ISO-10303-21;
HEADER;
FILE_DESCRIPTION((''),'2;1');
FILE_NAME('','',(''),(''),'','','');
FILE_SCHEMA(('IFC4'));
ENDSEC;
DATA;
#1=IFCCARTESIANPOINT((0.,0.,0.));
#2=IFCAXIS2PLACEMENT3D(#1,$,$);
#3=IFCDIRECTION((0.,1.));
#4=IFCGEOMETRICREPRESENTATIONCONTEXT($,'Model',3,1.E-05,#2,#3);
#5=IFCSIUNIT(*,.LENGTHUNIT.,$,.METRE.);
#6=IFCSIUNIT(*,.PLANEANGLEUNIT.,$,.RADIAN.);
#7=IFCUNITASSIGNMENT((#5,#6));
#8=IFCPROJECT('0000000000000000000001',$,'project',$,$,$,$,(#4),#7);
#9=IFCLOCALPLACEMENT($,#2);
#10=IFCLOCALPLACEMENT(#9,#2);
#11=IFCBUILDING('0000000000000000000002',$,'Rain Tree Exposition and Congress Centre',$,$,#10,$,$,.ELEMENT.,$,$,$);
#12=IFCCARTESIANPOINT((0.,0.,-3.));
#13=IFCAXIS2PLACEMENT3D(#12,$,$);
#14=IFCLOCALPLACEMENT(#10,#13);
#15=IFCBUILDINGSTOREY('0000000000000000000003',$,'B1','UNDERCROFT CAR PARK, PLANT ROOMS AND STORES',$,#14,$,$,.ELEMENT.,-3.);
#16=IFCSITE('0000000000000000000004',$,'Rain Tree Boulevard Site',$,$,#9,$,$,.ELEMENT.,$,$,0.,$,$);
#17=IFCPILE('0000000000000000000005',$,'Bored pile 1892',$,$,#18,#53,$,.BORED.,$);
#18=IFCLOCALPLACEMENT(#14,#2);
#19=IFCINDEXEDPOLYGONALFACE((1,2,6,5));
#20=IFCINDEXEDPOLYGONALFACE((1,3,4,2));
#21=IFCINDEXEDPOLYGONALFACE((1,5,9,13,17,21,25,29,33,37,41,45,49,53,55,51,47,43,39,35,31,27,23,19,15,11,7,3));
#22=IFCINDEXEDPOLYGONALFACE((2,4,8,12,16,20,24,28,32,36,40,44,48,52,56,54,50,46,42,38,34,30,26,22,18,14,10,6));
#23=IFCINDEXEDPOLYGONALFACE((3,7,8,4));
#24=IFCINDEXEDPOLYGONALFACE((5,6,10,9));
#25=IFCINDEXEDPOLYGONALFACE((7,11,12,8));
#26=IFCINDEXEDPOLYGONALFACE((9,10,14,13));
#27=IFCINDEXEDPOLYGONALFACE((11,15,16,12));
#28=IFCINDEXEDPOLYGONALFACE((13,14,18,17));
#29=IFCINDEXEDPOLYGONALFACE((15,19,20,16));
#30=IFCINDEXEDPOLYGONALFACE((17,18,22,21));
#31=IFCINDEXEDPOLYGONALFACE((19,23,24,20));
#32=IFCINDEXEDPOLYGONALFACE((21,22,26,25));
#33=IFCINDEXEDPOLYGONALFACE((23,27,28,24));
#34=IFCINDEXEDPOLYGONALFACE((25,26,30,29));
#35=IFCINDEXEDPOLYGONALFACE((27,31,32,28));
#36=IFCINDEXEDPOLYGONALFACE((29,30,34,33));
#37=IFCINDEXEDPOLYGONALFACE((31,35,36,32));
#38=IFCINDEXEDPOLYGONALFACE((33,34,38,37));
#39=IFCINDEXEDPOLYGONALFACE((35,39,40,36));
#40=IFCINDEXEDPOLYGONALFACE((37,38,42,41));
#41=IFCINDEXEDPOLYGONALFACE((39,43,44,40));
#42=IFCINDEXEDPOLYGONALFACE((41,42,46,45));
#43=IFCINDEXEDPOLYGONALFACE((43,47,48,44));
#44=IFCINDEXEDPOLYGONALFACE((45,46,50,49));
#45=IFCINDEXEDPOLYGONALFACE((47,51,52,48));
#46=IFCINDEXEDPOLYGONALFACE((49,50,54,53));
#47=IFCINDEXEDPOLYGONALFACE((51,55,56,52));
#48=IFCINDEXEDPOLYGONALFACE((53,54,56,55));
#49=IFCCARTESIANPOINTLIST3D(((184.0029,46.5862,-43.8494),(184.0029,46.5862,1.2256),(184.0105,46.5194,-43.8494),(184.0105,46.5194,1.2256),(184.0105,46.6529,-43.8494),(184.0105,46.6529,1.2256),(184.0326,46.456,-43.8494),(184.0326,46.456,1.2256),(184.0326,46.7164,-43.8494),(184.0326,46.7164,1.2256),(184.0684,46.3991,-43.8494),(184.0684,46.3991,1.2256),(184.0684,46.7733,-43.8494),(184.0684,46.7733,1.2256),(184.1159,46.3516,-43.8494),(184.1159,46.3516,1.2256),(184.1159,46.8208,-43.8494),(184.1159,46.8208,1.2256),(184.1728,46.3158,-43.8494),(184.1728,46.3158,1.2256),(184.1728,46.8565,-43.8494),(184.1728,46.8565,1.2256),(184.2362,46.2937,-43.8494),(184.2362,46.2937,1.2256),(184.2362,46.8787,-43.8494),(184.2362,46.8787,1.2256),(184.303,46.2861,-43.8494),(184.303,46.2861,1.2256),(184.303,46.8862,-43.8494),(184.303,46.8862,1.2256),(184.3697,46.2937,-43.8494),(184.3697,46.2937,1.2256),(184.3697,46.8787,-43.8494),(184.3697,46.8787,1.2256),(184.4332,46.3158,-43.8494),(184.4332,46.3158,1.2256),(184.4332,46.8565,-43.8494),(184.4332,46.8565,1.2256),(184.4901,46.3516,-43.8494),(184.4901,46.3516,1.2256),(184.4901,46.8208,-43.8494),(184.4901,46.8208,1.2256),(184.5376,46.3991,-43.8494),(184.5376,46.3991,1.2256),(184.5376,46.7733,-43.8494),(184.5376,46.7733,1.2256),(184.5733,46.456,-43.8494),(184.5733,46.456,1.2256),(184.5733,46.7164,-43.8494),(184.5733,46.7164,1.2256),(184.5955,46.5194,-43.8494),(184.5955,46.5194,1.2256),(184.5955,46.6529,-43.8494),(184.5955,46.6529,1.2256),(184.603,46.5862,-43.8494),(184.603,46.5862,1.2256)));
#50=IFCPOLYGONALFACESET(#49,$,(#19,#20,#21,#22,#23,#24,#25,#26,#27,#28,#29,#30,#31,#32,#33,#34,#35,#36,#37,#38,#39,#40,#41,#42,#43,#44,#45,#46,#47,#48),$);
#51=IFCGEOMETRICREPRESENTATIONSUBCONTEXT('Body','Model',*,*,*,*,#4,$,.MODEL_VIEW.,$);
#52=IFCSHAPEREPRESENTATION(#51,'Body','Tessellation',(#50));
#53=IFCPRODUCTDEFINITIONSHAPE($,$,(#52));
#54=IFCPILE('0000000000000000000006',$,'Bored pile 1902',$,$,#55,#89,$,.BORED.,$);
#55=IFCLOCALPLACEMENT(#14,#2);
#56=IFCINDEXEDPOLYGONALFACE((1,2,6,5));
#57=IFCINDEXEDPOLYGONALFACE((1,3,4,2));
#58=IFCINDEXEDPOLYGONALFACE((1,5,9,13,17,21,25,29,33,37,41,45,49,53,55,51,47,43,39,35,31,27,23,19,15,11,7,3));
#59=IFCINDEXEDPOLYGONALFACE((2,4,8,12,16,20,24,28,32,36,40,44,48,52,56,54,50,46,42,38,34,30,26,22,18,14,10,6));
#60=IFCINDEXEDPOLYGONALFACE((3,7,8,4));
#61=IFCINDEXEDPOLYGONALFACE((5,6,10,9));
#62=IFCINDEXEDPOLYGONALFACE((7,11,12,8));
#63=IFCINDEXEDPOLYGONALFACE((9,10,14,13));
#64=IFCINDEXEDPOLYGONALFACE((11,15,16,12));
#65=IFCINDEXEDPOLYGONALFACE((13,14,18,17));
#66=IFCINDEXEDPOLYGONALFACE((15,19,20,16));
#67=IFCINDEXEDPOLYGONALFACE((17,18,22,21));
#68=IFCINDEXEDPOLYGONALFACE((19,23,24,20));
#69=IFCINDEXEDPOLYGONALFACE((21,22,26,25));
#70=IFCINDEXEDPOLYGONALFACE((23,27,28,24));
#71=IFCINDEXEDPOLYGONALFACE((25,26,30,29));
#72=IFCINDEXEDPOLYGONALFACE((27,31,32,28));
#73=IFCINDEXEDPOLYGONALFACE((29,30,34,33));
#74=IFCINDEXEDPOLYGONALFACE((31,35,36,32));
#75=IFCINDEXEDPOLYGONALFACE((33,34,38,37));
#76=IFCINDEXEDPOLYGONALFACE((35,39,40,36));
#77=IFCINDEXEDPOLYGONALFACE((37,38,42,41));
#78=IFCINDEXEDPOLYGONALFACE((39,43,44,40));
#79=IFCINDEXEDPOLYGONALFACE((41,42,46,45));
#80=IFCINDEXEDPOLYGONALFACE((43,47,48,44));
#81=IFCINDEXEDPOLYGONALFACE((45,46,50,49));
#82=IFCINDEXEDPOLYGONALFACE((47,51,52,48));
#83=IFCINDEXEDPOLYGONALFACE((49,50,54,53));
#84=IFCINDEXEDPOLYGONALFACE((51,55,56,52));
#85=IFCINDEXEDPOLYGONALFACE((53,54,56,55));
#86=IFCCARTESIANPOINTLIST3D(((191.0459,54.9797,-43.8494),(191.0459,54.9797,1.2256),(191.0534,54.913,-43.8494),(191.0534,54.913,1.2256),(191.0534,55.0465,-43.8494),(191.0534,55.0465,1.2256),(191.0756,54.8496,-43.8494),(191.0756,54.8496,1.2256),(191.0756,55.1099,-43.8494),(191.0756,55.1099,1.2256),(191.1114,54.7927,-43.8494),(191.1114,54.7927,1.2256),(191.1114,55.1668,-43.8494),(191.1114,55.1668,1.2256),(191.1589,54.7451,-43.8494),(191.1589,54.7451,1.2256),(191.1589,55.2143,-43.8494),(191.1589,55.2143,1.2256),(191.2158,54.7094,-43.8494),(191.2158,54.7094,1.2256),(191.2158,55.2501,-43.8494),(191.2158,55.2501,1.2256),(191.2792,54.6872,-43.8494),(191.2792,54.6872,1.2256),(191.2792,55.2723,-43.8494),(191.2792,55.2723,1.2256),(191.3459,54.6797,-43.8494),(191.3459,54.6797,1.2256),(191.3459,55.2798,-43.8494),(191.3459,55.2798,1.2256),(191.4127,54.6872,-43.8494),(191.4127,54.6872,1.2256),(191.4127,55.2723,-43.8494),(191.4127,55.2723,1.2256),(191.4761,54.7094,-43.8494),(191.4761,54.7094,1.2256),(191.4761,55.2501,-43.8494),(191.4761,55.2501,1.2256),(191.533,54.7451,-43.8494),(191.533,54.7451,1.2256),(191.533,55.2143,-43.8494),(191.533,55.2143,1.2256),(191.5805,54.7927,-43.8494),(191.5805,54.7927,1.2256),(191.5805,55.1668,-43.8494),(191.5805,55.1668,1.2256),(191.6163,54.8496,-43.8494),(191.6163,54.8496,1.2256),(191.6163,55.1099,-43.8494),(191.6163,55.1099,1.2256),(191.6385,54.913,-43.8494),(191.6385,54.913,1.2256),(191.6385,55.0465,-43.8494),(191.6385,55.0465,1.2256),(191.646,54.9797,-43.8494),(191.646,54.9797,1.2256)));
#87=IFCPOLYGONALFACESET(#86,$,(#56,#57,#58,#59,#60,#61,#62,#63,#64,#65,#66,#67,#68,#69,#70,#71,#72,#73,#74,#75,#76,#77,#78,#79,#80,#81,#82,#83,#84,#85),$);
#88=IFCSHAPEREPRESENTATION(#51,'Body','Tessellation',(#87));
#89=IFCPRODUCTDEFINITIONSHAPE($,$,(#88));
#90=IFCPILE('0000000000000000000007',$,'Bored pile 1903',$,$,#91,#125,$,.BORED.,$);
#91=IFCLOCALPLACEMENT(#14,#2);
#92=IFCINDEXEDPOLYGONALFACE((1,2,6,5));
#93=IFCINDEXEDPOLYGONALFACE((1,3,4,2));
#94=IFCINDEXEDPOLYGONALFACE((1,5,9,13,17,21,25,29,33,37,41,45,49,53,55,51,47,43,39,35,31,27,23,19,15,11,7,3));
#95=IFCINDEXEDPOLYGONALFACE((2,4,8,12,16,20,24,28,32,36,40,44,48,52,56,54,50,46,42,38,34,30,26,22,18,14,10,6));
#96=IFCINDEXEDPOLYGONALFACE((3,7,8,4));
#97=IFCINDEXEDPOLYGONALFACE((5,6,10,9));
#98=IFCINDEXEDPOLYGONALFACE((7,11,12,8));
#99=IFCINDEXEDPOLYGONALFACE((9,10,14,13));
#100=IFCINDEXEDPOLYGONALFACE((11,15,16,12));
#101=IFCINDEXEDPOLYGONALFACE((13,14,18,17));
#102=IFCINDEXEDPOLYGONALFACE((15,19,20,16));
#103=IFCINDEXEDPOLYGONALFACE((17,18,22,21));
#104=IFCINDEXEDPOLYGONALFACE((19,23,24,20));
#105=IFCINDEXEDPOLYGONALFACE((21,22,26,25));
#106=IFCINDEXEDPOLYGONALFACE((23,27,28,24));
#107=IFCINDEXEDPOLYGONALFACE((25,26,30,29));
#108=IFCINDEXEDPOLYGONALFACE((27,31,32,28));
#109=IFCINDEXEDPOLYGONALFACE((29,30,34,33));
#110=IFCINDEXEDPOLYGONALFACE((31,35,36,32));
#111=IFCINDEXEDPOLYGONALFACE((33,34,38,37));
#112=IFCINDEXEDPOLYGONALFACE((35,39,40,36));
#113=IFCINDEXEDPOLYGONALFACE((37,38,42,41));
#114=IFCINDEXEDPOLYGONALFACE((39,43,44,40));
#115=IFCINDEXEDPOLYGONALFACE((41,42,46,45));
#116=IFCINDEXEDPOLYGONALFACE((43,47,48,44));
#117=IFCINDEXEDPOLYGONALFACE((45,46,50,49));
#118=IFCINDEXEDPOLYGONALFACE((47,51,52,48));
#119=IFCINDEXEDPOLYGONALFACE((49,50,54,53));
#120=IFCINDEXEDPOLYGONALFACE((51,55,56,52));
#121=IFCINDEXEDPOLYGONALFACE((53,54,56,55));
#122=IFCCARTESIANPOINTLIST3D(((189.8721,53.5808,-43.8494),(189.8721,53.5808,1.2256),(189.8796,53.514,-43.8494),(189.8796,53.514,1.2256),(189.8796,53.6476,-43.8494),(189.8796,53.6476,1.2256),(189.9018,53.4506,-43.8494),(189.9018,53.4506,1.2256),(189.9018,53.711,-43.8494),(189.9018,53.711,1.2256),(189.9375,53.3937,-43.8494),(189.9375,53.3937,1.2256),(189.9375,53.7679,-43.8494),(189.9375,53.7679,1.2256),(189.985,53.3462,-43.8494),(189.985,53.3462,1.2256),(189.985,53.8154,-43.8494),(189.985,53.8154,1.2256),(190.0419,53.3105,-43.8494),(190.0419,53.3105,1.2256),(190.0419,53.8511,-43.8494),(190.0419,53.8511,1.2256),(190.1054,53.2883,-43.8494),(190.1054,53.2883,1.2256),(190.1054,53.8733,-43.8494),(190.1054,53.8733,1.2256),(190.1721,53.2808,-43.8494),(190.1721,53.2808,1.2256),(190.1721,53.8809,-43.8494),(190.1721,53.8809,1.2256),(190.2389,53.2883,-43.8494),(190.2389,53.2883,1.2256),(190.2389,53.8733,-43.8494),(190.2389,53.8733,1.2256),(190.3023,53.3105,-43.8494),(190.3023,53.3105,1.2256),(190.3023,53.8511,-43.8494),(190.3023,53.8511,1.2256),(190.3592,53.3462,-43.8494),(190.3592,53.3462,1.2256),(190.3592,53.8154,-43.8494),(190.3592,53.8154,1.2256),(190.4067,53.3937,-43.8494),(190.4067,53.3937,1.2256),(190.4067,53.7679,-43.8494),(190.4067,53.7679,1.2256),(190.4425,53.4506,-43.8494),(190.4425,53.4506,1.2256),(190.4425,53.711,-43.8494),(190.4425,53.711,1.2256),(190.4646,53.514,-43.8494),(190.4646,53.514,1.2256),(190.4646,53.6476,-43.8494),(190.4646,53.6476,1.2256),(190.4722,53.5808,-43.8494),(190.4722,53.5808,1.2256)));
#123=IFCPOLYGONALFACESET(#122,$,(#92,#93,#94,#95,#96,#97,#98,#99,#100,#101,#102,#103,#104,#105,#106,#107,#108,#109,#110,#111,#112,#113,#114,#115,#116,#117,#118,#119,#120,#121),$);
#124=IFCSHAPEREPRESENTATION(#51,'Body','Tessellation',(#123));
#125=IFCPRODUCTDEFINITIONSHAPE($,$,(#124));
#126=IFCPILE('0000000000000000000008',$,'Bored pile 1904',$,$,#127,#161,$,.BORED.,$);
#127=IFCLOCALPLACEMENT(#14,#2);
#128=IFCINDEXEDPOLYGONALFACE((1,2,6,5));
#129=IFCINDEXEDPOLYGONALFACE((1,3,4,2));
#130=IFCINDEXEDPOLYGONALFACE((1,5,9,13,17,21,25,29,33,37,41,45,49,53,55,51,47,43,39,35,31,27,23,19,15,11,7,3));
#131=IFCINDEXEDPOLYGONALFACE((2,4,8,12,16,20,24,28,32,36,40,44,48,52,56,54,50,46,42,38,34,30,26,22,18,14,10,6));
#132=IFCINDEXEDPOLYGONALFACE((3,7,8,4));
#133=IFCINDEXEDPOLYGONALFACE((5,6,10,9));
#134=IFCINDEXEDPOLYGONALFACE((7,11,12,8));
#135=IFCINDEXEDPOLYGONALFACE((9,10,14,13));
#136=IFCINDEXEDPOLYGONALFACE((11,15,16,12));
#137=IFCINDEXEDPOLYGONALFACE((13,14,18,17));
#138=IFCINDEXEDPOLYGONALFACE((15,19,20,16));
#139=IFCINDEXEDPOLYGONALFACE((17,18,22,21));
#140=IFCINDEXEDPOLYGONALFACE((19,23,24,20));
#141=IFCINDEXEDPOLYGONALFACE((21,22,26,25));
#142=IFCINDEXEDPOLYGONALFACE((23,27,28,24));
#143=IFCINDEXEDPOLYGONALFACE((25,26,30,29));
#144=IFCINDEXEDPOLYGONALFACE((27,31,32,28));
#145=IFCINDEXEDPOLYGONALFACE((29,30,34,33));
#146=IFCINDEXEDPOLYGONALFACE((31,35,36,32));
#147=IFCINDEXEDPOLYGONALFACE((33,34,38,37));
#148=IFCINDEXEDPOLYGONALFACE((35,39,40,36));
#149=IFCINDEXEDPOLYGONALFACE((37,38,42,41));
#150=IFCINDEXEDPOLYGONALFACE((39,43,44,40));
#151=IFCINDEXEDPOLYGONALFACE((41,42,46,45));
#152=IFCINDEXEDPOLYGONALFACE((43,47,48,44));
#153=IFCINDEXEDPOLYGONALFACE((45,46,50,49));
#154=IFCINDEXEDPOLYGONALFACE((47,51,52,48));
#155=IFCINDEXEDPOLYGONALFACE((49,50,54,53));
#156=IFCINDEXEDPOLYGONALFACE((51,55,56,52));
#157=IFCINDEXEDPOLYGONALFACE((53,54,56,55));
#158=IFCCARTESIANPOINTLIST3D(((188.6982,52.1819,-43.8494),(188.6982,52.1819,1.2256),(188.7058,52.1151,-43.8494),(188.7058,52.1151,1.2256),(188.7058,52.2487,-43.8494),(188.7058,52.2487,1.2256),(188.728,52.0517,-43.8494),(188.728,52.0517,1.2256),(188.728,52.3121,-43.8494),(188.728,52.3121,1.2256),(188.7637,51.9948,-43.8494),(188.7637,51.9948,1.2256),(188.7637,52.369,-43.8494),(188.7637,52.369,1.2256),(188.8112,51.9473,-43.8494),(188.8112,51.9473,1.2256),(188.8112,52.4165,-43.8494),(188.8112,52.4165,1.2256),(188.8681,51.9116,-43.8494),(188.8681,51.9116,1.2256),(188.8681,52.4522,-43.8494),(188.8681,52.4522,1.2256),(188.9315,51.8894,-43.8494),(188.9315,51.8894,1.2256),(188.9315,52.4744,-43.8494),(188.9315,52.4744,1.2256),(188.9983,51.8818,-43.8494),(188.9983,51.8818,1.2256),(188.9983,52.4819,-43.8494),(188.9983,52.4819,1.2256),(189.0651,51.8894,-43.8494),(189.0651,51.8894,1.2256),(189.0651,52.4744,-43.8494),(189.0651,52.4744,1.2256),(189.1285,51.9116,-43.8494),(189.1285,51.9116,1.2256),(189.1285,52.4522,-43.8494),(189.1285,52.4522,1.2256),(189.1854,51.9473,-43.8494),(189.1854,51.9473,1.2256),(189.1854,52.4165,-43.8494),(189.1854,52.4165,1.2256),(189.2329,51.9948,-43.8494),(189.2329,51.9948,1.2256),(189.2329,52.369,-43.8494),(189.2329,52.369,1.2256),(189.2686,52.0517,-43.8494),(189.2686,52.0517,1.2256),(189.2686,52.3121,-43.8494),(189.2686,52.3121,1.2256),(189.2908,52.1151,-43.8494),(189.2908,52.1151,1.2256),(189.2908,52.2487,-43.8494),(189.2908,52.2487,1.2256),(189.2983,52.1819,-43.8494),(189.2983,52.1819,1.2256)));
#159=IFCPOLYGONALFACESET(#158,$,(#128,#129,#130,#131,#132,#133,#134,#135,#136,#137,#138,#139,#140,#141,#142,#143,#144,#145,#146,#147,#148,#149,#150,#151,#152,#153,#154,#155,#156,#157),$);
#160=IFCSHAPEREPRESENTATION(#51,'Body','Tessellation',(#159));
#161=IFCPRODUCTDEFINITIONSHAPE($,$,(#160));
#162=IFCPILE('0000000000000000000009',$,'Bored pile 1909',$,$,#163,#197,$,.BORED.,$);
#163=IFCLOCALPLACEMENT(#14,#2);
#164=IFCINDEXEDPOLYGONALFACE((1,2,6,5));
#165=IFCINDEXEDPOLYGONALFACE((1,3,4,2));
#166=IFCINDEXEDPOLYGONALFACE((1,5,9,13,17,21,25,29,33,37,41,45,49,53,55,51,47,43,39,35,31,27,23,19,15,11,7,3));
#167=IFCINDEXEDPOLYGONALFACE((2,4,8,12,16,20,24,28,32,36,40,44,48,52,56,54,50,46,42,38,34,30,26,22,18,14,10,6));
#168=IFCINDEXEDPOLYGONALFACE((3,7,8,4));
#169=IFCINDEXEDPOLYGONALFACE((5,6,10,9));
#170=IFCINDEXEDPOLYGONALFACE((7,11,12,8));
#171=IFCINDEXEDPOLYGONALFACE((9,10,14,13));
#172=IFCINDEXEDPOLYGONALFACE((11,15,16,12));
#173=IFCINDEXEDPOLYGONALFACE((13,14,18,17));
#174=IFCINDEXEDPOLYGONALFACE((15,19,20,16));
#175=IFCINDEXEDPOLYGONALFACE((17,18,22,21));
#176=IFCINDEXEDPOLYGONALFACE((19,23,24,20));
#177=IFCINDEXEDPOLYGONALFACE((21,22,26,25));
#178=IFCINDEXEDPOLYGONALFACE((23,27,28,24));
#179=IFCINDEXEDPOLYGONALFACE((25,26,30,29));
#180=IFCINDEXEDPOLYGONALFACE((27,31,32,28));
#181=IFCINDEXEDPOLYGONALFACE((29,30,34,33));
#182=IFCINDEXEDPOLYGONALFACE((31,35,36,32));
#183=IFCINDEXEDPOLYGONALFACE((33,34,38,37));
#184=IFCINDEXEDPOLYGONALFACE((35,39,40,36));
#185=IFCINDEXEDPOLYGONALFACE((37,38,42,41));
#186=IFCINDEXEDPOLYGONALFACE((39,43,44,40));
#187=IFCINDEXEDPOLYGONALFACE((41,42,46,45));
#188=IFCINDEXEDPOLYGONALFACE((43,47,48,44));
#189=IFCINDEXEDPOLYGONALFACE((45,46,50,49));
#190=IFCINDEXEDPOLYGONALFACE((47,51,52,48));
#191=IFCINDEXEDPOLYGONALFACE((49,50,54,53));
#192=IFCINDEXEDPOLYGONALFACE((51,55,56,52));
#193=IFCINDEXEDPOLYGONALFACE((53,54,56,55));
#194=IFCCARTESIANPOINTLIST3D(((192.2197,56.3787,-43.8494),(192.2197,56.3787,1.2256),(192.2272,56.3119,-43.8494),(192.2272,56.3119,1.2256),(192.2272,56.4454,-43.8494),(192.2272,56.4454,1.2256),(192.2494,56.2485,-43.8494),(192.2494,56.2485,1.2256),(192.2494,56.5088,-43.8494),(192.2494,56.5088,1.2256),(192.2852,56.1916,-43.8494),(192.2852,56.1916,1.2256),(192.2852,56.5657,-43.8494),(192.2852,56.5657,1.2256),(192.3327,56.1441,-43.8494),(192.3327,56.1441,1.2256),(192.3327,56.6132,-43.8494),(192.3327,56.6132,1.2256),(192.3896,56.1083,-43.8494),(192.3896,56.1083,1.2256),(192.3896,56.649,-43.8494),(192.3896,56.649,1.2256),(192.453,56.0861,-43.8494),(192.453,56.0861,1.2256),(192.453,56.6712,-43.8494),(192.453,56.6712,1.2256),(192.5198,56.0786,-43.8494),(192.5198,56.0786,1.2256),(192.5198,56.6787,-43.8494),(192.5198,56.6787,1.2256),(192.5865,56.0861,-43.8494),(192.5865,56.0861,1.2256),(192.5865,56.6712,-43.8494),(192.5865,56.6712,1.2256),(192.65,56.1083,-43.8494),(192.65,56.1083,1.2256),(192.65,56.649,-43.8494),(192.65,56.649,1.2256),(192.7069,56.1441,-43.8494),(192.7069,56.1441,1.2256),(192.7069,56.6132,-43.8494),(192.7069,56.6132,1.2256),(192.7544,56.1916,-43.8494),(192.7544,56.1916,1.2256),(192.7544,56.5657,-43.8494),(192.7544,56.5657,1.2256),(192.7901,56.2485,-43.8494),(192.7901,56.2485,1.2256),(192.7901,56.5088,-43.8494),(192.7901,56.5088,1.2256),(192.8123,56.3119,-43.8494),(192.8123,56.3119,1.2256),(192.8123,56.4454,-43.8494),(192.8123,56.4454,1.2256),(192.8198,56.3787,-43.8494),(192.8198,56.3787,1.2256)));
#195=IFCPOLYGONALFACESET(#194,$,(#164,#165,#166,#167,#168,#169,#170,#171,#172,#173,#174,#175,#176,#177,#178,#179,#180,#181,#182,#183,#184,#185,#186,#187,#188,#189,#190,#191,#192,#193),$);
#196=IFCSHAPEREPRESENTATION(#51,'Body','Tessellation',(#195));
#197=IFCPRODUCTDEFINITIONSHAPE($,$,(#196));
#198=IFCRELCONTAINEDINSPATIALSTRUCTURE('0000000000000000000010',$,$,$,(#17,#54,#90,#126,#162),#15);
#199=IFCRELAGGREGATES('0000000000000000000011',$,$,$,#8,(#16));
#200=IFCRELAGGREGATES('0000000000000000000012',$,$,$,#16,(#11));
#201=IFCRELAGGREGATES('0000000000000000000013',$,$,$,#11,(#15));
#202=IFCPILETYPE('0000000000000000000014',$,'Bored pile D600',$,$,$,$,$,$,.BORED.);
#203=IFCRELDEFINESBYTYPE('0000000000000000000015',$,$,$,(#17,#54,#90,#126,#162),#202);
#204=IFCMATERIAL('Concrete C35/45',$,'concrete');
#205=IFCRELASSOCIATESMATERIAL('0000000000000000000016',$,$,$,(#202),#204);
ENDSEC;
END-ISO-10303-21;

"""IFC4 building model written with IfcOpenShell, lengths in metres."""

from ifc_helpers import new_model, si_unit, direction, frame, origin, origin_2d, place, context, subcontext, project, spatial, circle, extrude, material, material_profile, profile_set, type_object, element, save


model = new_model("IFC4")

# Units and contexts
model_context = context("Model", 3, precision=1e-05, world=origin(), true_north=direction((0.0, 1.0)))
body_context = subcontext(model_context, "Body", "Model", "MODEL_VIEW")
ifc_project = project(units=[si_unit("LENGTHUNIT", "METRE"), si_unit("PLANEANGLEUNIT", "RADIAN")], contexts=[model_context])

# Site, building, storey
site_placement = place(None, origin())
site = spatial("IfcSite", under=ifc_project, at=site_placement, Name="Rain Tree Boulevard Site", CompositionType="ELEMENT", RefElevation=0.0)
building_placement = place(site_placement, origin())
building = spatial("IfcBuilding", under=site, at=building_placement, Name="Rain Tree Exposition and Congress Centre", CompositionType="ELEMENT")
storey_placement = place(building_placement, frame((0.0, 0.0, -3.0)))
storey = spatial("IfcBuildingStorey", under=building, at=storey_placement, Name="B1", Description="UNDERCROFT CAR PARK, PLANT ROOMS AND STORES", CompositionType="ELEMENT", Elevation=-3.0)

# Piles
ifc_material_1 = material(Name="Concrete C35/45", Category="concrete")
ifc_material_profile_1 = material_profile(ifc_material_1, circle(Radius=0.3, at=origin_2d()), Name="D600")
ifc_profile_set_1 = profile_set([ifc_material_profile_1], Name="Concrete C35/45")
pile_type_1 = type_object("IfcPileType", Name="Bored pile D600", PredefinedType="BORED", material=ifc_profile_set_1)
for number, where, z_axis, x_axis, name in (
    (1, (184.303, 46.5862, 1.2256), (0.0, 0.0, -1.0), (1.0, 0.0, 0.0), "Bored pile 1892"),
    (2, (191.3459, 54.9797, 1.2256), (0.0, 0.0, -1.0), (1.0, 0.0, 0.0), "Bored pile 1902"),
    (3, (190.1721, 53.5808, 1.2256), (0.0, 0.0, -1.0), (1.0, 0.0, 0.0), "Bored pile 1903"),
    (4, (188.9983, 52.1819, 1.2256), (0.0, 0.0, -1.0), (1.0, 0.0, 0.0), "Bored pile 1904"),
    (5, (192.5198, 56.3787, 1.2256), (0.0, 0.0, -1.0), (1.0, 0.0, 0.0), "Bored pile 1909"),
):
    element("IfcPile", number, at=place(storey_placement, frame(where, z_axis=z_axis, x_axis=x_axis)), inside=storey, type_object=pile_type_1, Name=name, PredefinedType="BORED", context=body_context, shape_type="SweptSolid", body=[
        extrude(circle(Radius=0.3, at=origin_2d()), origin(), (0.0, 0.0, 1.0), 45.075),
    ])

save(model, "model.ifc")
